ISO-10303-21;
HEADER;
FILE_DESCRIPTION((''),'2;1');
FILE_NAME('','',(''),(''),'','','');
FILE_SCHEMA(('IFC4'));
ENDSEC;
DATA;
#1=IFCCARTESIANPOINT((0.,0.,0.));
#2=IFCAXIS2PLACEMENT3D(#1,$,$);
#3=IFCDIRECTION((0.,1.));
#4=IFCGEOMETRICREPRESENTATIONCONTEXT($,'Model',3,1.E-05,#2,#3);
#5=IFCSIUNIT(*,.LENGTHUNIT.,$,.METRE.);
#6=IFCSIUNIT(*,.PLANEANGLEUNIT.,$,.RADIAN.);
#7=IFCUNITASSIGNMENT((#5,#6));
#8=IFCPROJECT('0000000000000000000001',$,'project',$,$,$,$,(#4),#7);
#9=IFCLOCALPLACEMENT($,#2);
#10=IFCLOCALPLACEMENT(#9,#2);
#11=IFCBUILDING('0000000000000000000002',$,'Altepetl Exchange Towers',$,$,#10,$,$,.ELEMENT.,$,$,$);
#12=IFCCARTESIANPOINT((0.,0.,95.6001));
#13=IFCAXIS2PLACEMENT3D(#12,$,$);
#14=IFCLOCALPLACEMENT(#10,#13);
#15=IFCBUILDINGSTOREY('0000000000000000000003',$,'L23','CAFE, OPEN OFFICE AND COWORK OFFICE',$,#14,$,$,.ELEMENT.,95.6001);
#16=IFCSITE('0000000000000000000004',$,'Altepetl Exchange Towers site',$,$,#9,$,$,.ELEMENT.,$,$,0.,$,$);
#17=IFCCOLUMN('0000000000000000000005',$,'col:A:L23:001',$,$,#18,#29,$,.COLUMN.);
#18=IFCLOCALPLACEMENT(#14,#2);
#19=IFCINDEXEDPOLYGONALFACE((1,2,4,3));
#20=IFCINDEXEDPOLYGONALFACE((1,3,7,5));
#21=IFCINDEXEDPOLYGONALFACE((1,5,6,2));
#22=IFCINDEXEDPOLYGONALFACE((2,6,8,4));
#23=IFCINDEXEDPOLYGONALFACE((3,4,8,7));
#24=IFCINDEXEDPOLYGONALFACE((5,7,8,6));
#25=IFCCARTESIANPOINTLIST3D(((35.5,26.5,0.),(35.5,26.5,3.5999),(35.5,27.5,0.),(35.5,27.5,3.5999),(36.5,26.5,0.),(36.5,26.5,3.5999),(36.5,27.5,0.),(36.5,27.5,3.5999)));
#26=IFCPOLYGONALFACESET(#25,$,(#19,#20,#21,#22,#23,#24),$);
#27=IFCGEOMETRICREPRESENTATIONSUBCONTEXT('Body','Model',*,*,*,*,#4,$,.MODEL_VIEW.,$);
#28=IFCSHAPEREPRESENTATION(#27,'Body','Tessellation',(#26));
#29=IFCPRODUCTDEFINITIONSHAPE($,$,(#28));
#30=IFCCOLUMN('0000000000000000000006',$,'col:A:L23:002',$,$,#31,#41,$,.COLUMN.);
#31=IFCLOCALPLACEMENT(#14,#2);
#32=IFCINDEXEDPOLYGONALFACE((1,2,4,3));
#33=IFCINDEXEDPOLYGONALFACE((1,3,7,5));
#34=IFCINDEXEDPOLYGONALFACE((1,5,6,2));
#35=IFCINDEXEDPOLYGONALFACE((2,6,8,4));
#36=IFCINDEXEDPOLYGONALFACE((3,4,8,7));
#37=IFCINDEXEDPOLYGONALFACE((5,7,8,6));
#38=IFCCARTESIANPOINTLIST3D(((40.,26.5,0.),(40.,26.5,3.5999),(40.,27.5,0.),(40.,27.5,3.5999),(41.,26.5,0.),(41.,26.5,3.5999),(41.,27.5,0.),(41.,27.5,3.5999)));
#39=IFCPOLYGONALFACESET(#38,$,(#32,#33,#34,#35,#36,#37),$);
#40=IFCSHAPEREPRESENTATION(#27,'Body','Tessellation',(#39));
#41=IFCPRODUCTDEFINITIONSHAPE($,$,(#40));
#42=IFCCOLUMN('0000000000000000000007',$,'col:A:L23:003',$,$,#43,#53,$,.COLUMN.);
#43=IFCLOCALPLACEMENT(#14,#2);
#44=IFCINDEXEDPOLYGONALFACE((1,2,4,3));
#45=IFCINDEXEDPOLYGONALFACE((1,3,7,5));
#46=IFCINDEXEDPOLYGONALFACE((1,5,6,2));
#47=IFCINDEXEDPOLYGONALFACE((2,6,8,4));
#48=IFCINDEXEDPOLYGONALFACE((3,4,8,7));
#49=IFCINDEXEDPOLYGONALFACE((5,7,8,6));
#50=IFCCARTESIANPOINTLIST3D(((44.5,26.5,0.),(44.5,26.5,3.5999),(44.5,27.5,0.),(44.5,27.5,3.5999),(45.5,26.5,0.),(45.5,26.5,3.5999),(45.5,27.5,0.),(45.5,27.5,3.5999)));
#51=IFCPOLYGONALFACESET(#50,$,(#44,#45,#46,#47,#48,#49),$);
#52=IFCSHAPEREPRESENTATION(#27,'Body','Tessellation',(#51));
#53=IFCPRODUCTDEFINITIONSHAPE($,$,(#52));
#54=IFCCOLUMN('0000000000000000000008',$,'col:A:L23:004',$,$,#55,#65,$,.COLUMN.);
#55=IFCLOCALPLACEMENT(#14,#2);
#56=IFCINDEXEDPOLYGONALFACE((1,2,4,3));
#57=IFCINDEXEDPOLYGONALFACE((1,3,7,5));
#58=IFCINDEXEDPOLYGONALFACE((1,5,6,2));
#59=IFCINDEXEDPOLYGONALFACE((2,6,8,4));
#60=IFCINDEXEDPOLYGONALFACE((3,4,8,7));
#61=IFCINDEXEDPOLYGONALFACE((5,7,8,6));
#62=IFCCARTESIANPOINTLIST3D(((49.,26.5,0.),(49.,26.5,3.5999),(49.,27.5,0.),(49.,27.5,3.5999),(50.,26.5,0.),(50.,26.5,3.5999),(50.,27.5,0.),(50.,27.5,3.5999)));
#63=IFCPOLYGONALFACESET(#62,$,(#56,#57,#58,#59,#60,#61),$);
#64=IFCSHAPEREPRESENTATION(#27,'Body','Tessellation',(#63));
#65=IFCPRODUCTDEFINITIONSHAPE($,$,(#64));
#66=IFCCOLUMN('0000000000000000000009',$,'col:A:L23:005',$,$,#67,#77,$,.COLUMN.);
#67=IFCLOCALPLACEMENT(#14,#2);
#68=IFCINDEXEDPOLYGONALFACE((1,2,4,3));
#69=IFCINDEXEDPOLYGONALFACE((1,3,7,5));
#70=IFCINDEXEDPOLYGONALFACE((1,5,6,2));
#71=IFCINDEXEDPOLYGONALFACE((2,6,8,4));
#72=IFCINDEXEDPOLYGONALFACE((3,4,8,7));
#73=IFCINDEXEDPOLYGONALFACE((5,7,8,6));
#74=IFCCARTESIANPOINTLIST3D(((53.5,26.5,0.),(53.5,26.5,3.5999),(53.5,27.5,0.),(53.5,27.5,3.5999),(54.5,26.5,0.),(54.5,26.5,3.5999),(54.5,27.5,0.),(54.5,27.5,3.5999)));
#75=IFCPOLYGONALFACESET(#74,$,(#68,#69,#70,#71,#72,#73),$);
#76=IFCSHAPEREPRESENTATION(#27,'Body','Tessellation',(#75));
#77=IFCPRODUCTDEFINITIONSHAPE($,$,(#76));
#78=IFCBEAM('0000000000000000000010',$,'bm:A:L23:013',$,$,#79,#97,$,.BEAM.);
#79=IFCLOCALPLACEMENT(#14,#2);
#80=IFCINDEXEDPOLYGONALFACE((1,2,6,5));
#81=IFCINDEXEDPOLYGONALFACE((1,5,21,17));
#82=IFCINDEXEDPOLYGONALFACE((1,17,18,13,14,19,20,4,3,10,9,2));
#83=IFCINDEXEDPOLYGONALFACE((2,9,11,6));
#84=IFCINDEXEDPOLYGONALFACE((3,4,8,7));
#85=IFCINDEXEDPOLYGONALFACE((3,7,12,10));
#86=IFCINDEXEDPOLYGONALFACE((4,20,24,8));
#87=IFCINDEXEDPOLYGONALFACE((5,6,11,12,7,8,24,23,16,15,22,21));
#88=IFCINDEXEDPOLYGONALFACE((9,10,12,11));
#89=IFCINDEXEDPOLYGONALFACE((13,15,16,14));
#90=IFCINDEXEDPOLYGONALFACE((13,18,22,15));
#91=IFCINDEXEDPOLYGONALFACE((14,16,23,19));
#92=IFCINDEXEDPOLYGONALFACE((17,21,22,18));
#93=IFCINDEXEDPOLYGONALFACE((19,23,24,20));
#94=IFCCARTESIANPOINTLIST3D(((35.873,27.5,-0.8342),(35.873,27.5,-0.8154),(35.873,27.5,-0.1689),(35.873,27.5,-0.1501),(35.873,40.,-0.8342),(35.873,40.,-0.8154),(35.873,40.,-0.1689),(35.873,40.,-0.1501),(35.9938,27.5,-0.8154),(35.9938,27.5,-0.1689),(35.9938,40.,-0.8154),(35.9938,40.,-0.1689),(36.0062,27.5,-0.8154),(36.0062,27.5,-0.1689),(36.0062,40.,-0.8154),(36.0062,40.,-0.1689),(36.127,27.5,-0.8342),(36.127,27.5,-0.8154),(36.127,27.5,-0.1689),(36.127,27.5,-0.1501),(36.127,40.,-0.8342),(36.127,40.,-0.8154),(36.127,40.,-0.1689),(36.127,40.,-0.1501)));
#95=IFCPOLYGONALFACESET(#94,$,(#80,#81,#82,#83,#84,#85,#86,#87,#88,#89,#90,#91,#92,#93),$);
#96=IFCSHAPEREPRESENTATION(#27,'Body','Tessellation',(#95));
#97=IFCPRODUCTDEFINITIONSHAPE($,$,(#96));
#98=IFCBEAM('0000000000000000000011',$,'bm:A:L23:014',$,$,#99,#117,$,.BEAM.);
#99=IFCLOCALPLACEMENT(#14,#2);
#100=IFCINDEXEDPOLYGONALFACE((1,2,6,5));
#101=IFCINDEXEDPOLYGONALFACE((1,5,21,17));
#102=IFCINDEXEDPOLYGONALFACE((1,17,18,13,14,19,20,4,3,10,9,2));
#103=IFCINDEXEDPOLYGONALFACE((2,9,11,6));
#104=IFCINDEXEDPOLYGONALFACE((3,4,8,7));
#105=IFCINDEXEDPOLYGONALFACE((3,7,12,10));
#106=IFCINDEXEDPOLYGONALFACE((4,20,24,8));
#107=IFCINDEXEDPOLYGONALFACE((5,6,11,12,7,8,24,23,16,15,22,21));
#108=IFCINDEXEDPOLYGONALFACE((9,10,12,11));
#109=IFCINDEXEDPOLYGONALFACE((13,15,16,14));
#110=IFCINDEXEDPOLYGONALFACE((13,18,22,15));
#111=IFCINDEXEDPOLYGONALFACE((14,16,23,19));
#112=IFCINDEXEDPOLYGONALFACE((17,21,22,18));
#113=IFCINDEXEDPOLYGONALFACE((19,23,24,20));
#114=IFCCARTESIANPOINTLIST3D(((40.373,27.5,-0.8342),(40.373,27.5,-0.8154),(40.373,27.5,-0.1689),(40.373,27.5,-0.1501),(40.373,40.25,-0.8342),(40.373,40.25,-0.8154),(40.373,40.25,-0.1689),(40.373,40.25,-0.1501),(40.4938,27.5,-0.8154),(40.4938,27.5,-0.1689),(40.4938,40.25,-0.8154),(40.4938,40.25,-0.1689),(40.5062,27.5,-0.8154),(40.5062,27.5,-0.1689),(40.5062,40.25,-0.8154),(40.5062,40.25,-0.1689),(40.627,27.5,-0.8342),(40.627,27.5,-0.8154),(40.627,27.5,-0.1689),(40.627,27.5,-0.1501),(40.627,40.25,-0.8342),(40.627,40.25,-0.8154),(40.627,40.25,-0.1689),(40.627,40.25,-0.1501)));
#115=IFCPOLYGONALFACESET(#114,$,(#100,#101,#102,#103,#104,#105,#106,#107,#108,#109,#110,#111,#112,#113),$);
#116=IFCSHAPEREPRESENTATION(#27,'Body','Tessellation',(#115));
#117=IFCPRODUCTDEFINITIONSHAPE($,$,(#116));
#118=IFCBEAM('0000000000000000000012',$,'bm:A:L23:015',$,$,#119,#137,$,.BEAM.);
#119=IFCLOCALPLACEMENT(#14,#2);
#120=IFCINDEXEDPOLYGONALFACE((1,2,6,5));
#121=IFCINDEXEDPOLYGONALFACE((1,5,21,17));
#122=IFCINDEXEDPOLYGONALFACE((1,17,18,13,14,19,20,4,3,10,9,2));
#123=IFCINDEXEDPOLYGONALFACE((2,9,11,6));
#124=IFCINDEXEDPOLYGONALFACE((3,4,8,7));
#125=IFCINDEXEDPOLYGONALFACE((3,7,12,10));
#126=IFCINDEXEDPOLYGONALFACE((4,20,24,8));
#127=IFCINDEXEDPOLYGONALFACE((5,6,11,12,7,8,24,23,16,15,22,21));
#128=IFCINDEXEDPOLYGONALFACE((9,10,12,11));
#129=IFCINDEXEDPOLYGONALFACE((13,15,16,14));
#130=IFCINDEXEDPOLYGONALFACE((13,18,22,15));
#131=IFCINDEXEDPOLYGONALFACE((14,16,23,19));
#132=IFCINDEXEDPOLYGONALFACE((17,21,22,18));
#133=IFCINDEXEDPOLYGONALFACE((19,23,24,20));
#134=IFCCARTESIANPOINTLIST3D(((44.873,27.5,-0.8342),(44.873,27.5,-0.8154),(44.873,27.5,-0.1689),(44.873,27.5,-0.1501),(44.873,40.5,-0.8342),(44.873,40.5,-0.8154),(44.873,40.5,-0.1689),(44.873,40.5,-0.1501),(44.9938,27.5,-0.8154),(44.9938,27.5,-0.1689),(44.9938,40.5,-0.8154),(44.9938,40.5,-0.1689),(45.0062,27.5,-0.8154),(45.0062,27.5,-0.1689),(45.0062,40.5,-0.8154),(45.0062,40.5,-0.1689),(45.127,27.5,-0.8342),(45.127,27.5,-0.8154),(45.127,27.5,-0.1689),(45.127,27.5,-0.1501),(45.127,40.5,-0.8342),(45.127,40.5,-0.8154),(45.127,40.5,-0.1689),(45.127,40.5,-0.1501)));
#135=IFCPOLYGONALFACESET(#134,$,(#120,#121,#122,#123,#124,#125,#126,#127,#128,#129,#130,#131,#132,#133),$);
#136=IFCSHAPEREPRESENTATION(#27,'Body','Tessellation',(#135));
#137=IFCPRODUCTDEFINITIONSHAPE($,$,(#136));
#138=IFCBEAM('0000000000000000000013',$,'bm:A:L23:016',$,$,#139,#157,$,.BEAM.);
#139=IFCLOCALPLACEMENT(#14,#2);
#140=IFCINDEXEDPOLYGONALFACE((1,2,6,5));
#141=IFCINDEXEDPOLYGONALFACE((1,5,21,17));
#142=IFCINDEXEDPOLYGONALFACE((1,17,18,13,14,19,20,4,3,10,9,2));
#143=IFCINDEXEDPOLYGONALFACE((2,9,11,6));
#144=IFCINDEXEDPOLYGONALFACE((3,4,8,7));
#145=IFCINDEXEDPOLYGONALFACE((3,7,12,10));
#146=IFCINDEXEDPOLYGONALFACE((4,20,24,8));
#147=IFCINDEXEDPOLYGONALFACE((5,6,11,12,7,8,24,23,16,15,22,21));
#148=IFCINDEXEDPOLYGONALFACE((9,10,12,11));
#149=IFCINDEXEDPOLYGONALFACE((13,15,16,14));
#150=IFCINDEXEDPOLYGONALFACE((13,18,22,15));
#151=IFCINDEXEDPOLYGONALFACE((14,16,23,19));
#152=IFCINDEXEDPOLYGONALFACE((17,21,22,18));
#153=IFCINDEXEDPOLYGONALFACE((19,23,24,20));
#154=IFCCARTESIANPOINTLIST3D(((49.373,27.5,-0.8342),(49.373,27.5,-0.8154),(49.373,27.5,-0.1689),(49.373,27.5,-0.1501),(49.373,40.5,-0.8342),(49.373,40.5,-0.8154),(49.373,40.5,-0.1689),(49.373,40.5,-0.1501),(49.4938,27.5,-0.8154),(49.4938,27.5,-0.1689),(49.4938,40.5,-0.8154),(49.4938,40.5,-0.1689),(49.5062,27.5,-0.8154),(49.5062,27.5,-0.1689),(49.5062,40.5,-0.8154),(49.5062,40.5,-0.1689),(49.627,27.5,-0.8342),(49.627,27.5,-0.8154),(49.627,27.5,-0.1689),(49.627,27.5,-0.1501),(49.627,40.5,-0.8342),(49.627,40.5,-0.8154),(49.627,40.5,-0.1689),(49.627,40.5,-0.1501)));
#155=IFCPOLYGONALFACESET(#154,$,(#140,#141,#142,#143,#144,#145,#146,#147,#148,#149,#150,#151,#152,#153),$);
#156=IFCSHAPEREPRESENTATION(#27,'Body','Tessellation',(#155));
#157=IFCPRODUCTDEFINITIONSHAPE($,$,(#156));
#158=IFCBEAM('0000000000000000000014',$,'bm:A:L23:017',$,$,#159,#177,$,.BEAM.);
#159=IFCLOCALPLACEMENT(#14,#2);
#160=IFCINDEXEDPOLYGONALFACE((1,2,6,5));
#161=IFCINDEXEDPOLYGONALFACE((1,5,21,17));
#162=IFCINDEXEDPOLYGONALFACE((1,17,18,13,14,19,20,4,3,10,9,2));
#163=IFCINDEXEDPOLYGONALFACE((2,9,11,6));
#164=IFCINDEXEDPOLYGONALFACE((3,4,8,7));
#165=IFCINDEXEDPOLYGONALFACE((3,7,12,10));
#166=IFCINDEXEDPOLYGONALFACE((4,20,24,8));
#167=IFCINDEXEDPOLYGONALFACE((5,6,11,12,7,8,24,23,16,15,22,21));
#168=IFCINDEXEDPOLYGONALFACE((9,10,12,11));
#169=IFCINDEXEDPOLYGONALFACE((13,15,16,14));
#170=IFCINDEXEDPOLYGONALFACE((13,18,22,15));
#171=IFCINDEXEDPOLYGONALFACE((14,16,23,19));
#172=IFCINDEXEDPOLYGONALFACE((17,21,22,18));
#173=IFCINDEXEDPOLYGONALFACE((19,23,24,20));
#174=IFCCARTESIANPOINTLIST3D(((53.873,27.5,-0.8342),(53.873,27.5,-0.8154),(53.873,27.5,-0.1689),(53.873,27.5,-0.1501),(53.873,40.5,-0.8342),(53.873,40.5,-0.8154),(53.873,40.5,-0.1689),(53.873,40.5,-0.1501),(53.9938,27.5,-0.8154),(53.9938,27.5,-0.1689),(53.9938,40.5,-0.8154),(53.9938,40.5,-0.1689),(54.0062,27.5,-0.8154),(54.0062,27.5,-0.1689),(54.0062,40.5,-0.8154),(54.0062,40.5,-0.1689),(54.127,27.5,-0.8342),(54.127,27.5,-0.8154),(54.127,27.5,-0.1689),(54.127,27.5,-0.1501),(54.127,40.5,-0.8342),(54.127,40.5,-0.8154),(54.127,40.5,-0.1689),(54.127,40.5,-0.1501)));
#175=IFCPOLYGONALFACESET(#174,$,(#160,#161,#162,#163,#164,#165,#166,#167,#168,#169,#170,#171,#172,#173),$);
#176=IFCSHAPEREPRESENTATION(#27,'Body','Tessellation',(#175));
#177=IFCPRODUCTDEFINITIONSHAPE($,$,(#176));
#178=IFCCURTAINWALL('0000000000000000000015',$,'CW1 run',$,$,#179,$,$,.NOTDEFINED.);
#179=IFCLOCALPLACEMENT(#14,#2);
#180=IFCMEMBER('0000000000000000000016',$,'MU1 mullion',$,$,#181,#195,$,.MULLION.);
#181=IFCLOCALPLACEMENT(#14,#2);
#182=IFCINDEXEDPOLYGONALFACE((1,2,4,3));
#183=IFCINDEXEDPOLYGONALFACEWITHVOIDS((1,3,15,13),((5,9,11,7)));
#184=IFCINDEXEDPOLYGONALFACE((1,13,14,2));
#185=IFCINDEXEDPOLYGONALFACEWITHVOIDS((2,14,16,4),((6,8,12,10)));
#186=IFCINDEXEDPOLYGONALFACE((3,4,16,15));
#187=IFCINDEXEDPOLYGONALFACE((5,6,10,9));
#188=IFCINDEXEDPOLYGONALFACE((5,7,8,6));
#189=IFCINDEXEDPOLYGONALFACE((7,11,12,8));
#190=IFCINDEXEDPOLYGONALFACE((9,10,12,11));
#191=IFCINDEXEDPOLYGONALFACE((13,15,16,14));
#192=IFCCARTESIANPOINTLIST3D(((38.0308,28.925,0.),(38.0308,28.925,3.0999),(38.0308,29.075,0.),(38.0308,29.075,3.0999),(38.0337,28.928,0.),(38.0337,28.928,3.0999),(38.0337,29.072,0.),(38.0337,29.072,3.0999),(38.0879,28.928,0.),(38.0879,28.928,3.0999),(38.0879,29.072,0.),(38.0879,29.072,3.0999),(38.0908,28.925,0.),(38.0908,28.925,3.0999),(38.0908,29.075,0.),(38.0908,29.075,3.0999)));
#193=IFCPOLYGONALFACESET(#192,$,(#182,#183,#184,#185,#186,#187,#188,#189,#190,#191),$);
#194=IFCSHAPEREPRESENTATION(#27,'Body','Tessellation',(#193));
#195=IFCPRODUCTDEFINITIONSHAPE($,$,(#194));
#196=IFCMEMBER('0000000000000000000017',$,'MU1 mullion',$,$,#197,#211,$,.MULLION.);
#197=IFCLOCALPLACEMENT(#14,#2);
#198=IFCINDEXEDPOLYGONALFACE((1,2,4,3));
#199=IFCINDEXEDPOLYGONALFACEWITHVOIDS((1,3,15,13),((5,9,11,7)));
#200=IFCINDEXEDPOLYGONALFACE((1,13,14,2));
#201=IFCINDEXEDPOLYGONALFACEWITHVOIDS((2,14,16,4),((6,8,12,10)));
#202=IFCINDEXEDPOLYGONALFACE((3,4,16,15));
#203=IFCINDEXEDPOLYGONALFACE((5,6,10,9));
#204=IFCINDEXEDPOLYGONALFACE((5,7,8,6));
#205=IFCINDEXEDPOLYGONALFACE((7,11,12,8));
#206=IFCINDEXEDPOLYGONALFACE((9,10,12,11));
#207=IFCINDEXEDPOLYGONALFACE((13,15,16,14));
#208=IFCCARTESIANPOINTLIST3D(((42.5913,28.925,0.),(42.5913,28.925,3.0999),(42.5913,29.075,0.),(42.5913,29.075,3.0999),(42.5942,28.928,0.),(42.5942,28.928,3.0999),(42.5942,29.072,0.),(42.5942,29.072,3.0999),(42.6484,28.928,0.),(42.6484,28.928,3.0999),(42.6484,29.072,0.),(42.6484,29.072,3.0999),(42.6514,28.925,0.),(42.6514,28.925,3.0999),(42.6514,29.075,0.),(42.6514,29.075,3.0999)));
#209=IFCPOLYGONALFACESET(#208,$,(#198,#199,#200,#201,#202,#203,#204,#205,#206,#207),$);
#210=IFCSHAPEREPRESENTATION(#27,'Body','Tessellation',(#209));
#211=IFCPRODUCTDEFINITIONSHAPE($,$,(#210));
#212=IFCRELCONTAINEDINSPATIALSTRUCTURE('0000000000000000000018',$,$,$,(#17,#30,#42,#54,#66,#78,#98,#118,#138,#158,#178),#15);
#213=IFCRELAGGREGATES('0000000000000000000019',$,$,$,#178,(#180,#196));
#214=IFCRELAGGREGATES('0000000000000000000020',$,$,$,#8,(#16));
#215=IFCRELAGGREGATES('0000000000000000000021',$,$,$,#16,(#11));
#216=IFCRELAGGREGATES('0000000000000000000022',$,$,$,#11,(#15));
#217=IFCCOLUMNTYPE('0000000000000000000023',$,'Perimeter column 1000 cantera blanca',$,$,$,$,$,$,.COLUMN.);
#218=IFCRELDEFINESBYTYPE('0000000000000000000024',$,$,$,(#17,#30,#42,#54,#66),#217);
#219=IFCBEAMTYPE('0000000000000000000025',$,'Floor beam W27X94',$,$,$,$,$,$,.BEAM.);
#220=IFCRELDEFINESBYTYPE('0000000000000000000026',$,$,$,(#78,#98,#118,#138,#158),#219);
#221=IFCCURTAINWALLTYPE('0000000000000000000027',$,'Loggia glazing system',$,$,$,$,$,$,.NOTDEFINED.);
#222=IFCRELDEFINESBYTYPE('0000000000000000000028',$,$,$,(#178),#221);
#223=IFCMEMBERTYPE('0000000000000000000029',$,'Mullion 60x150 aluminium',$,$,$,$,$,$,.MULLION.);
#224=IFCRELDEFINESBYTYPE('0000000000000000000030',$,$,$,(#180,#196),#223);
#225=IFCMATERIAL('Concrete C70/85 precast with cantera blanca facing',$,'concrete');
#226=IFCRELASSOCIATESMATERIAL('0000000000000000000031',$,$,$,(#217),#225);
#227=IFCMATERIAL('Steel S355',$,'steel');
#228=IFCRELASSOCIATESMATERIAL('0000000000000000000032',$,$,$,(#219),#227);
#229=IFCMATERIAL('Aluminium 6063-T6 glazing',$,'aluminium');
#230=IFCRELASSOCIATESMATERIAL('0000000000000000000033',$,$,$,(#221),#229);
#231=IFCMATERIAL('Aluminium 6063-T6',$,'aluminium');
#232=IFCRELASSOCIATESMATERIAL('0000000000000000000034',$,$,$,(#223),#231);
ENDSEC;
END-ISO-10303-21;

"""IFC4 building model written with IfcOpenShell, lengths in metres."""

from ifc_helpers import new_model, si_unit, direction, frame, origin, origin_2d, place, context, subcontext, project, spatial, rectangle, hollow_rectangle, i_section, extrude, material, material_profile, profile_set, type_object, element, aggregate, save


model = new_model("IFC4")

# Units and contexts
model_context = context("Model", 3, precision=1e-05, world=origin(), true_north=direction((0.0, 1.0)))
body_context = subcontext(model_context, "Body", "Model", "MODEL_VIEW")
ifc_project = project(units=[si_unit("LENGTHUNIT", "METRE"), si_unit("PLANEANGLEUNIT", "RADIAN")], contexts=[model_context])

# Site, building, storey
site_placement = place(None, origin())
site = spatial("IfcSite", under=ifc_project, at=site_placement, Name="Altepetl Exchange Towers site", CompositionType="ELEMENT", RefElevation=0.0)
building_placement = place(site_placement, origin())
building = spatial("IfcBuilding", under=site, at=building_placement, Name="Altepetl Exchange Towers", CompositionType="ELEMENT")
storey_placement = place(building_placement, frame((0.0, 0.0, 95.6001)))
storey = spatial("IfcBuildingStorey", under=building, at=storey_placement, Name="L23", Description="CAFE, OPEN OFFICE AND COWORK OFFICE", CompositionType="ELEMENT", Elevation=95.6001)

# Columns
ifc_material_1 = material(Name="Concrete C70/85 precast with cantera blanca facing", Category="concrete")
ifc_material_profile_1 = material_profile(ifc_material_1, rectangle(XDim=1.0, YDim=1.0, at=origin_2d()), Name="1000 x 1000")
ifc_profile_set_1 = profile_set([ifc_material_profile_1], Name="Concrete C70/85 precast with cantera blanca facing")
column_type = type_object("IfcColumnType", Name="Perimeter column 1000 cantera blanca", PredefinedType="COLUMN", material=ifc_profile_set_1)
for number, where, name in (
    (1, (36.0, 27.0, 0.0), "col:A:L23:001"),
    (2, (40.5, 27.0, 0.0), "col:A:L23:002"),
    (3, (45.0, 27.0, 0.0), "col:A:L23:003"),
    (4, (49.5, 27.0, 0.0), "col:A:L23:004"),
    (5, (54.0, 27.0, 0.0), "col:A:L23:005"),
):
    element("IfcColumn", number, at=place(storey_placement, frame(where)), inside=storey, type_object=column_type, Name=name, PredefinedType="COLUMN", context=body_context, shape_type="SweptSolid", body=[
        extrude(rectangle(XDim=1.0, YDim=1.0, at=origin_2d()), origin(), (0.0, 0.0, 1.0), 3.5999),
    ])

# Beams
ifc_material_2 = material(Name="Steel S355", Category="steel")
ifc_material_profile_2 = material_profile(ifc_material_2, i_section(OverallWidth=0.2539, OverallDepth=0.6841, WebThickness=0.0125, FlangeThickness=0.0188, at=origin_2d()), Name="W27X94")
ifc_profile_set_2 = profile_set([ifc_material_profile_2], Name="Steel S355")
beam_type_1 = type_object("IfcBeamType", Name="Floor beam W27X94", PredefinedType="BEAM", material=ifc_profile_set_2)
beam_1_placement = place(storey_placement, frame((36.0, 27.5, -0.4922), z_axis=(0.0, 1.0, 0.0), x_axis=(-1.0, 0.0, 0.0)))
element("IfcBeam", 6, at=beam_1_placement, inside=storey, type_object=beam_type_1, Name="bm:A:L23:013", PredefinedType="BEAM", context=body_context, shape_type="SweptSolid", body=[
    extrude(i_section(OverallWidth=0.2539, OverallDepth=0.6841, WebThickness=0.0125, FlangeThickness=0.0188, at=origin_2d()), origin(), (0.0, 0.0, 1.0), 12.5),
])
beam_2_placement = place(storey_placement, frame((40.5, 27.5, -0.4922), z_axis=(0.0, 1.0, 0.0), x_axis=(-1.0, 0.0, 0.0)))
element("IfcBeam", 7, at=beam_2_placement, inside=storey, type_object=beam_type_1, Name="bm:A:L23:014", PredefinedType="BEAM", context=body_context, shape_type="SweptSolid", body=[
    extrude(i_section(OverallWidth=0.2539, OverallDepth=0.6841, WebThickness=0.0125, FlangeThickness=0.0188, at=origin_2d()), origin(), (0.0, 0.0, 1.0), 12.75),
])
for number, where, z_axis, x_axis, name in (
    (8, (45.0, 27.5, -0.4922), (0.0, 1.0, 0.0), (-1.0, 0.0, 0.0), "bm:A:L23:015"),
    (9, (49.5, 27.5, -0.4922), (0.0, 1.0, 0.0), (-1.0, 0.0, 0.0), "bm:A:L23:016"),
    (10, (54.0, 27.5, -0.4922), (0.0, 1.0, 0.0), (-1.0, 0.0, 0.0), "bm:A:L23:017"),
):
    element("IfcBeam", number, at=place(storey_placement, frame(where, z_axis=z_axis, x_axis=x_axis)), inside=storey, type_object=beam_type_1, Name=name, PredefinedType="BEAM", context=body_context, shape_type="SweptSolid", body=[
        extrude(i_section(OverallWidth=0.2539, OverallDepth=0.6841, WebThickness=0.0125, FlangeThickness=0.0188, at=origin_2d()), origin(), (0.0, 0.0, 1.0), 13.0),
    ])

# Curtain wall, members
ifc_material_3 = material(Name="Aluminium 6063-T6 glazing", Category="aluminium")
curtain_wall_type = type_object("IfcCurtainWallType", Name="Loggia glazing system", PredefinedType="NOTDEFINED", material=ifc_material_3)
curtain_wall_1_placement = place(storey_placement, origin())
curtain_wall_1 = element("IfcCurtainWall", 11, at=curtain_wall_1_placement, inside=storey, type_object=curtain_wall_type, Name="CW1 run", PredefinedType="NOTDEFINED")
ifc_material_4 = material(Name="Aluminium 6063-T6", Category="aluminium")
ifc_material_profile_3 = material_profile(ifc_material_4, hollow_rectangle(XDim=0.0601, YDim=0.1499, WallThickness=0.0029, at=origin_2d()), Name="Mullion 60x150 aluminium")
ifc_profile_set_3 = profile_set([ifc_material_profile_3], Name="Aluminium 6063-T6")
member_type = type_object("IfcMemberType", Name="Mullion 60x150 aluminium", PredefinedType="MULLION", material=ifc_profile_set_3)
member_1_placement = place(storey_placement, frame((38.0608, 29.0, 0.0)))
member_1 = element("IfcMember", 12, at=member_1_placement, type_object=member_type, Name="MU1 mullion", PredefinedType="MULLION", context=body_context, shape_type="SweptSolid", body=[
    extrude(hollow_rectangle(XDim=0.0601, YDim=0.1499, WallThickness=0.0029, at=origin_2d()), origin(), (0.0, 0.0, 1.0), 3.0999),
])
member_2_placement = place(storey_placement, frame((42.6213, 29.0, 0.0)))
member_2 = element("IfcMember", 13, at=member_2_placement, type_object=member_type, Name="MU1 mullion", PredefinedType="MULLION", context=body_context, shape_type="SweptSolid", body=[
    extrude(hollow_rectangle(XDim=0.0601, YDim=0.1499, WallThickness=0.0029, at=origin_2d()), origin(), (0.0, 0.0, 1.0), 3.0999),
])

aggregate(curtain_wall_1, [member_1, member_2])

save(model, "model.ifc")
